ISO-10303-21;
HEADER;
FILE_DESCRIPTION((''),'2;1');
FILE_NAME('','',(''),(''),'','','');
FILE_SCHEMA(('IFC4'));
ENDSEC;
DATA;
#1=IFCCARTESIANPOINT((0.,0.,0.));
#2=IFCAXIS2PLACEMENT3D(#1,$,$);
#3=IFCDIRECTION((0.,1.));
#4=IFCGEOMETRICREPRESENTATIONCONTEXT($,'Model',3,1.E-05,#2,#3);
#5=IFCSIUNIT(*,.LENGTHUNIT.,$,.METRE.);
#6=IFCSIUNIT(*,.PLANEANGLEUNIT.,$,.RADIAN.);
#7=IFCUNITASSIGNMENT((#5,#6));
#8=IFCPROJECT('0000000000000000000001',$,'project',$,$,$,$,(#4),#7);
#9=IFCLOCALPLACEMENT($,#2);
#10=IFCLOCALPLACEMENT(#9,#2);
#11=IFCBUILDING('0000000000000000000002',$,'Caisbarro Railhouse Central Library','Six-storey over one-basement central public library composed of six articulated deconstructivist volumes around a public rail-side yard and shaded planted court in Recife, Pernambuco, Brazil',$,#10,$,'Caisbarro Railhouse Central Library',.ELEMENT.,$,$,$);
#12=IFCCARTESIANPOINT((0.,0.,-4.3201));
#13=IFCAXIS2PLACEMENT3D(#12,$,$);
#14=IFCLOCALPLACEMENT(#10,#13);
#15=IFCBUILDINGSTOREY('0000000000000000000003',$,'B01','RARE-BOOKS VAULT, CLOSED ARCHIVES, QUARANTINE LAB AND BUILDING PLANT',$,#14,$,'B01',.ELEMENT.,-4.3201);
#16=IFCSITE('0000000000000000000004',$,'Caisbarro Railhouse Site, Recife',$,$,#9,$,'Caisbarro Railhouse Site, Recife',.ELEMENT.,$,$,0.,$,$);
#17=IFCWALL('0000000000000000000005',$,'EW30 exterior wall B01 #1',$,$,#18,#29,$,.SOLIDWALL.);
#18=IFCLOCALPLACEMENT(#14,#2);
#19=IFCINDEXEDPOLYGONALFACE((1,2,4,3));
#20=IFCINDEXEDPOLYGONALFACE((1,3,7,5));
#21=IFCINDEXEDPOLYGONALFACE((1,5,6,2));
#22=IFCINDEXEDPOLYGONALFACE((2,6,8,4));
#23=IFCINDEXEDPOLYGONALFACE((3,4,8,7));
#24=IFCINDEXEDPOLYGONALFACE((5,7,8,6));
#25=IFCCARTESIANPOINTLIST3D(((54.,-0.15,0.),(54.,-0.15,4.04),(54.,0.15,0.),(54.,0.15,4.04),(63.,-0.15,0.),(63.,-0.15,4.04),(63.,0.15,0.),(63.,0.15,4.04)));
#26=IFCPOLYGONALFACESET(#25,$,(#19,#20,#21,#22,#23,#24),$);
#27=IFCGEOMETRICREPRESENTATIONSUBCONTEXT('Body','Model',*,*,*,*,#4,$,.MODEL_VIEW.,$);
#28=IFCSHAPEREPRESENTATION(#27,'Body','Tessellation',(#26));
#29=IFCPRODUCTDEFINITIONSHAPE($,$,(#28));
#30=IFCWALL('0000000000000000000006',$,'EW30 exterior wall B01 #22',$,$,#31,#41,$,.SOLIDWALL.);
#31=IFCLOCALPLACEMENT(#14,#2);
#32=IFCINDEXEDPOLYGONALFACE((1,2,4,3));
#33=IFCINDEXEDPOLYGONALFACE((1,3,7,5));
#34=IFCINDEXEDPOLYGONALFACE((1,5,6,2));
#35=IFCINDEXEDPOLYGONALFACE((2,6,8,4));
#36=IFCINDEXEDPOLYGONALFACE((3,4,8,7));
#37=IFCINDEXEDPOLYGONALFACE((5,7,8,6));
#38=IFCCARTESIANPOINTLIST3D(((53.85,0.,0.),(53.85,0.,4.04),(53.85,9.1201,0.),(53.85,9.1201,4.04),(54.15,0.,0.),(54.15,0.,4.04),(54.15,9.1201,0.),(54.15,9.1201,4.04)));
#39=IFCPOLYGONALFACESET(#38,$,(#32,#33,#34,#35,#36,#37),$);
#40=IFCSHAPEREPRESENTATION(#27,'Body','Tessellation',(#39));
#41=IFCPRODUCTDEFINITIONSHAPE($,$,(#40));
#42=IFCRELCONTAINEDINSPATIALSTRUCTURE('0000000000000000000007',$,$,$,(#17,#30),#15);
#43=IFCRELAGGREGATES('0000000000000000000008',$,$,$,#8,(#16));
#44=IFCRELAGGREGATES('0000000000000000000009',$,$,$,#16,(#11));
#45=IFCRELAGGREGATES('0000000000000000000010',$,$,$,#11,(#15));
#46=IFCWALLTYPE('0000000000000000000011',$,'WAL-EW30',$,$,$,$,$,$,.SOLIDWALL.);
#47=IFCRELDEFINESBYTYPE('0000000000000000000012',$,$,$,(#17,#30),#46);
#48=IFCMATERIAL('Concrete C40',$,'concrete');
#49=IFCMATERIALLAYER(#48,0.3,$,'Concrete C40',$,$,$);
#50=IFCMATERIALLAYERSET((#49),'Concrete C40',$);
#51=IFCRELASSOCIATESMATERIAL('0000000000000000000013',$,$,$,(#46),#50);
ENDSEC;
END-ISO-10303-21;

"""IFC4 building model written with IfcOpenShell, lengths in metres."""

from ifc_helpers import new_model, si_unit, direction, frame, frame_2d, origin, place, context, subcontext, project, spatial, rectangle, extrude, material, layer, layer_set, type_object, element, save


model = new_model("IFC4")

# Units and contexts
model_context = context("Model", 3, precision=1e-05, world=origin(), true_north=direction((0.0, 1.0)))
body_context = subcontext(model_context, "Body", "Model", "MODEL_VIEW")
ifc_project = project(units=[si_unit("LENGTHUNIT", "METRE"), si_unit("PLANEANGLEUNIT", "RADIAN")], contexts=[model_context])

# Site, building, storey
site_placement = place(None, origin())
site = spatial("IfcSite", under=ifc_project, at=site_placement, Name="Caisbarro Railhouse Site, Recife", LongName="Caisbarro Railhouse Site, Recife", CompositionType="ELEMENT", RefElevation=0.0)
building_placement = place(site_placement, origin())
building = spatial("IfcBuilding", under=site, at=building_placement, Name="Caisbarro Railhouse Central Library", Description="Six-storey over one-basement central public library composed of six articulated deconstructivist volumes around a public rail-side yard and shaded planted court in Recife, Pernambuco, Brazil", LongName="Caisbarro Railhouse Central Library", CompositionType="ELEMENT")
storey_placement = place(building_placement, frame((0.0, 0.0, -4.3201)))
storey = spatial("IfcBuildingStorey", under=building, at=storey_placement, Name="B01", Description="RARE-BOOKS VAULT, CLOSED ARCHIVES, QUARANTINE LAB AND BUILDING PLANT", LongName="B01", CompositionType="ELEMENT", Elevation=-4.3201)

# Shared definitions
ifc_material_1 = material(Name="Concrete C40", Category="concrete")

# Walls
ifc_layer_1 = layer(ifc_material_1, 0.3, Name="Concrete C40")
ifc_layer_set_1 = layer_set([ifc_layer_1], Name="Concrete C40")
wall_type = type_object("IfcWallType", Name="WAL-EW30", PredefinedType="SOLIDWALL", material=ifc_layer_set_1)
wall_1_placement = place(storey_placement, frame((54.0, 0.0, 0.0), z_axis=(0.0, 0.0, 1.0), x_axis=(1.0, 0.0, 0.0)))
element("IfcWall", 1, at=wall_1_placement, inside=storey, type_object=wall_type, Name="EW30 exterior wall B01 #1", PredefinedType="SOLIDWALL", context=body_context, shape_type="SweptSolid", body=[
    extrude(rectangle(XDim=9.0, YDim=0.3, at=frame_2d((4.5, 0.0))), origin(), (0.0, 0.0, 1.0), 4.04),
])
wall_2_placement = place(storey_placement, frame((54.0, 9.1201, 0.0), z_axis=(0.0, 0.0, 1.0), x_axis=(0.0, -1.0, 0.0)))
element("IfcWall", 2, at=wall_2_placement, inside=storey, type_object=wall_type, Name="EW30 exterior wall B01 #22", PredefinedType="SOLIDWALL", context=body_context, shape_type="SweptSolid", body=[
    extrude(rectangle(XDim=9.1201, YDim=0.3, at=frame_2d((4.5601, 0.0))), origin(), (0.0, 0.0, 1.0), 4.04),
])

save(model, "model.ifc")
